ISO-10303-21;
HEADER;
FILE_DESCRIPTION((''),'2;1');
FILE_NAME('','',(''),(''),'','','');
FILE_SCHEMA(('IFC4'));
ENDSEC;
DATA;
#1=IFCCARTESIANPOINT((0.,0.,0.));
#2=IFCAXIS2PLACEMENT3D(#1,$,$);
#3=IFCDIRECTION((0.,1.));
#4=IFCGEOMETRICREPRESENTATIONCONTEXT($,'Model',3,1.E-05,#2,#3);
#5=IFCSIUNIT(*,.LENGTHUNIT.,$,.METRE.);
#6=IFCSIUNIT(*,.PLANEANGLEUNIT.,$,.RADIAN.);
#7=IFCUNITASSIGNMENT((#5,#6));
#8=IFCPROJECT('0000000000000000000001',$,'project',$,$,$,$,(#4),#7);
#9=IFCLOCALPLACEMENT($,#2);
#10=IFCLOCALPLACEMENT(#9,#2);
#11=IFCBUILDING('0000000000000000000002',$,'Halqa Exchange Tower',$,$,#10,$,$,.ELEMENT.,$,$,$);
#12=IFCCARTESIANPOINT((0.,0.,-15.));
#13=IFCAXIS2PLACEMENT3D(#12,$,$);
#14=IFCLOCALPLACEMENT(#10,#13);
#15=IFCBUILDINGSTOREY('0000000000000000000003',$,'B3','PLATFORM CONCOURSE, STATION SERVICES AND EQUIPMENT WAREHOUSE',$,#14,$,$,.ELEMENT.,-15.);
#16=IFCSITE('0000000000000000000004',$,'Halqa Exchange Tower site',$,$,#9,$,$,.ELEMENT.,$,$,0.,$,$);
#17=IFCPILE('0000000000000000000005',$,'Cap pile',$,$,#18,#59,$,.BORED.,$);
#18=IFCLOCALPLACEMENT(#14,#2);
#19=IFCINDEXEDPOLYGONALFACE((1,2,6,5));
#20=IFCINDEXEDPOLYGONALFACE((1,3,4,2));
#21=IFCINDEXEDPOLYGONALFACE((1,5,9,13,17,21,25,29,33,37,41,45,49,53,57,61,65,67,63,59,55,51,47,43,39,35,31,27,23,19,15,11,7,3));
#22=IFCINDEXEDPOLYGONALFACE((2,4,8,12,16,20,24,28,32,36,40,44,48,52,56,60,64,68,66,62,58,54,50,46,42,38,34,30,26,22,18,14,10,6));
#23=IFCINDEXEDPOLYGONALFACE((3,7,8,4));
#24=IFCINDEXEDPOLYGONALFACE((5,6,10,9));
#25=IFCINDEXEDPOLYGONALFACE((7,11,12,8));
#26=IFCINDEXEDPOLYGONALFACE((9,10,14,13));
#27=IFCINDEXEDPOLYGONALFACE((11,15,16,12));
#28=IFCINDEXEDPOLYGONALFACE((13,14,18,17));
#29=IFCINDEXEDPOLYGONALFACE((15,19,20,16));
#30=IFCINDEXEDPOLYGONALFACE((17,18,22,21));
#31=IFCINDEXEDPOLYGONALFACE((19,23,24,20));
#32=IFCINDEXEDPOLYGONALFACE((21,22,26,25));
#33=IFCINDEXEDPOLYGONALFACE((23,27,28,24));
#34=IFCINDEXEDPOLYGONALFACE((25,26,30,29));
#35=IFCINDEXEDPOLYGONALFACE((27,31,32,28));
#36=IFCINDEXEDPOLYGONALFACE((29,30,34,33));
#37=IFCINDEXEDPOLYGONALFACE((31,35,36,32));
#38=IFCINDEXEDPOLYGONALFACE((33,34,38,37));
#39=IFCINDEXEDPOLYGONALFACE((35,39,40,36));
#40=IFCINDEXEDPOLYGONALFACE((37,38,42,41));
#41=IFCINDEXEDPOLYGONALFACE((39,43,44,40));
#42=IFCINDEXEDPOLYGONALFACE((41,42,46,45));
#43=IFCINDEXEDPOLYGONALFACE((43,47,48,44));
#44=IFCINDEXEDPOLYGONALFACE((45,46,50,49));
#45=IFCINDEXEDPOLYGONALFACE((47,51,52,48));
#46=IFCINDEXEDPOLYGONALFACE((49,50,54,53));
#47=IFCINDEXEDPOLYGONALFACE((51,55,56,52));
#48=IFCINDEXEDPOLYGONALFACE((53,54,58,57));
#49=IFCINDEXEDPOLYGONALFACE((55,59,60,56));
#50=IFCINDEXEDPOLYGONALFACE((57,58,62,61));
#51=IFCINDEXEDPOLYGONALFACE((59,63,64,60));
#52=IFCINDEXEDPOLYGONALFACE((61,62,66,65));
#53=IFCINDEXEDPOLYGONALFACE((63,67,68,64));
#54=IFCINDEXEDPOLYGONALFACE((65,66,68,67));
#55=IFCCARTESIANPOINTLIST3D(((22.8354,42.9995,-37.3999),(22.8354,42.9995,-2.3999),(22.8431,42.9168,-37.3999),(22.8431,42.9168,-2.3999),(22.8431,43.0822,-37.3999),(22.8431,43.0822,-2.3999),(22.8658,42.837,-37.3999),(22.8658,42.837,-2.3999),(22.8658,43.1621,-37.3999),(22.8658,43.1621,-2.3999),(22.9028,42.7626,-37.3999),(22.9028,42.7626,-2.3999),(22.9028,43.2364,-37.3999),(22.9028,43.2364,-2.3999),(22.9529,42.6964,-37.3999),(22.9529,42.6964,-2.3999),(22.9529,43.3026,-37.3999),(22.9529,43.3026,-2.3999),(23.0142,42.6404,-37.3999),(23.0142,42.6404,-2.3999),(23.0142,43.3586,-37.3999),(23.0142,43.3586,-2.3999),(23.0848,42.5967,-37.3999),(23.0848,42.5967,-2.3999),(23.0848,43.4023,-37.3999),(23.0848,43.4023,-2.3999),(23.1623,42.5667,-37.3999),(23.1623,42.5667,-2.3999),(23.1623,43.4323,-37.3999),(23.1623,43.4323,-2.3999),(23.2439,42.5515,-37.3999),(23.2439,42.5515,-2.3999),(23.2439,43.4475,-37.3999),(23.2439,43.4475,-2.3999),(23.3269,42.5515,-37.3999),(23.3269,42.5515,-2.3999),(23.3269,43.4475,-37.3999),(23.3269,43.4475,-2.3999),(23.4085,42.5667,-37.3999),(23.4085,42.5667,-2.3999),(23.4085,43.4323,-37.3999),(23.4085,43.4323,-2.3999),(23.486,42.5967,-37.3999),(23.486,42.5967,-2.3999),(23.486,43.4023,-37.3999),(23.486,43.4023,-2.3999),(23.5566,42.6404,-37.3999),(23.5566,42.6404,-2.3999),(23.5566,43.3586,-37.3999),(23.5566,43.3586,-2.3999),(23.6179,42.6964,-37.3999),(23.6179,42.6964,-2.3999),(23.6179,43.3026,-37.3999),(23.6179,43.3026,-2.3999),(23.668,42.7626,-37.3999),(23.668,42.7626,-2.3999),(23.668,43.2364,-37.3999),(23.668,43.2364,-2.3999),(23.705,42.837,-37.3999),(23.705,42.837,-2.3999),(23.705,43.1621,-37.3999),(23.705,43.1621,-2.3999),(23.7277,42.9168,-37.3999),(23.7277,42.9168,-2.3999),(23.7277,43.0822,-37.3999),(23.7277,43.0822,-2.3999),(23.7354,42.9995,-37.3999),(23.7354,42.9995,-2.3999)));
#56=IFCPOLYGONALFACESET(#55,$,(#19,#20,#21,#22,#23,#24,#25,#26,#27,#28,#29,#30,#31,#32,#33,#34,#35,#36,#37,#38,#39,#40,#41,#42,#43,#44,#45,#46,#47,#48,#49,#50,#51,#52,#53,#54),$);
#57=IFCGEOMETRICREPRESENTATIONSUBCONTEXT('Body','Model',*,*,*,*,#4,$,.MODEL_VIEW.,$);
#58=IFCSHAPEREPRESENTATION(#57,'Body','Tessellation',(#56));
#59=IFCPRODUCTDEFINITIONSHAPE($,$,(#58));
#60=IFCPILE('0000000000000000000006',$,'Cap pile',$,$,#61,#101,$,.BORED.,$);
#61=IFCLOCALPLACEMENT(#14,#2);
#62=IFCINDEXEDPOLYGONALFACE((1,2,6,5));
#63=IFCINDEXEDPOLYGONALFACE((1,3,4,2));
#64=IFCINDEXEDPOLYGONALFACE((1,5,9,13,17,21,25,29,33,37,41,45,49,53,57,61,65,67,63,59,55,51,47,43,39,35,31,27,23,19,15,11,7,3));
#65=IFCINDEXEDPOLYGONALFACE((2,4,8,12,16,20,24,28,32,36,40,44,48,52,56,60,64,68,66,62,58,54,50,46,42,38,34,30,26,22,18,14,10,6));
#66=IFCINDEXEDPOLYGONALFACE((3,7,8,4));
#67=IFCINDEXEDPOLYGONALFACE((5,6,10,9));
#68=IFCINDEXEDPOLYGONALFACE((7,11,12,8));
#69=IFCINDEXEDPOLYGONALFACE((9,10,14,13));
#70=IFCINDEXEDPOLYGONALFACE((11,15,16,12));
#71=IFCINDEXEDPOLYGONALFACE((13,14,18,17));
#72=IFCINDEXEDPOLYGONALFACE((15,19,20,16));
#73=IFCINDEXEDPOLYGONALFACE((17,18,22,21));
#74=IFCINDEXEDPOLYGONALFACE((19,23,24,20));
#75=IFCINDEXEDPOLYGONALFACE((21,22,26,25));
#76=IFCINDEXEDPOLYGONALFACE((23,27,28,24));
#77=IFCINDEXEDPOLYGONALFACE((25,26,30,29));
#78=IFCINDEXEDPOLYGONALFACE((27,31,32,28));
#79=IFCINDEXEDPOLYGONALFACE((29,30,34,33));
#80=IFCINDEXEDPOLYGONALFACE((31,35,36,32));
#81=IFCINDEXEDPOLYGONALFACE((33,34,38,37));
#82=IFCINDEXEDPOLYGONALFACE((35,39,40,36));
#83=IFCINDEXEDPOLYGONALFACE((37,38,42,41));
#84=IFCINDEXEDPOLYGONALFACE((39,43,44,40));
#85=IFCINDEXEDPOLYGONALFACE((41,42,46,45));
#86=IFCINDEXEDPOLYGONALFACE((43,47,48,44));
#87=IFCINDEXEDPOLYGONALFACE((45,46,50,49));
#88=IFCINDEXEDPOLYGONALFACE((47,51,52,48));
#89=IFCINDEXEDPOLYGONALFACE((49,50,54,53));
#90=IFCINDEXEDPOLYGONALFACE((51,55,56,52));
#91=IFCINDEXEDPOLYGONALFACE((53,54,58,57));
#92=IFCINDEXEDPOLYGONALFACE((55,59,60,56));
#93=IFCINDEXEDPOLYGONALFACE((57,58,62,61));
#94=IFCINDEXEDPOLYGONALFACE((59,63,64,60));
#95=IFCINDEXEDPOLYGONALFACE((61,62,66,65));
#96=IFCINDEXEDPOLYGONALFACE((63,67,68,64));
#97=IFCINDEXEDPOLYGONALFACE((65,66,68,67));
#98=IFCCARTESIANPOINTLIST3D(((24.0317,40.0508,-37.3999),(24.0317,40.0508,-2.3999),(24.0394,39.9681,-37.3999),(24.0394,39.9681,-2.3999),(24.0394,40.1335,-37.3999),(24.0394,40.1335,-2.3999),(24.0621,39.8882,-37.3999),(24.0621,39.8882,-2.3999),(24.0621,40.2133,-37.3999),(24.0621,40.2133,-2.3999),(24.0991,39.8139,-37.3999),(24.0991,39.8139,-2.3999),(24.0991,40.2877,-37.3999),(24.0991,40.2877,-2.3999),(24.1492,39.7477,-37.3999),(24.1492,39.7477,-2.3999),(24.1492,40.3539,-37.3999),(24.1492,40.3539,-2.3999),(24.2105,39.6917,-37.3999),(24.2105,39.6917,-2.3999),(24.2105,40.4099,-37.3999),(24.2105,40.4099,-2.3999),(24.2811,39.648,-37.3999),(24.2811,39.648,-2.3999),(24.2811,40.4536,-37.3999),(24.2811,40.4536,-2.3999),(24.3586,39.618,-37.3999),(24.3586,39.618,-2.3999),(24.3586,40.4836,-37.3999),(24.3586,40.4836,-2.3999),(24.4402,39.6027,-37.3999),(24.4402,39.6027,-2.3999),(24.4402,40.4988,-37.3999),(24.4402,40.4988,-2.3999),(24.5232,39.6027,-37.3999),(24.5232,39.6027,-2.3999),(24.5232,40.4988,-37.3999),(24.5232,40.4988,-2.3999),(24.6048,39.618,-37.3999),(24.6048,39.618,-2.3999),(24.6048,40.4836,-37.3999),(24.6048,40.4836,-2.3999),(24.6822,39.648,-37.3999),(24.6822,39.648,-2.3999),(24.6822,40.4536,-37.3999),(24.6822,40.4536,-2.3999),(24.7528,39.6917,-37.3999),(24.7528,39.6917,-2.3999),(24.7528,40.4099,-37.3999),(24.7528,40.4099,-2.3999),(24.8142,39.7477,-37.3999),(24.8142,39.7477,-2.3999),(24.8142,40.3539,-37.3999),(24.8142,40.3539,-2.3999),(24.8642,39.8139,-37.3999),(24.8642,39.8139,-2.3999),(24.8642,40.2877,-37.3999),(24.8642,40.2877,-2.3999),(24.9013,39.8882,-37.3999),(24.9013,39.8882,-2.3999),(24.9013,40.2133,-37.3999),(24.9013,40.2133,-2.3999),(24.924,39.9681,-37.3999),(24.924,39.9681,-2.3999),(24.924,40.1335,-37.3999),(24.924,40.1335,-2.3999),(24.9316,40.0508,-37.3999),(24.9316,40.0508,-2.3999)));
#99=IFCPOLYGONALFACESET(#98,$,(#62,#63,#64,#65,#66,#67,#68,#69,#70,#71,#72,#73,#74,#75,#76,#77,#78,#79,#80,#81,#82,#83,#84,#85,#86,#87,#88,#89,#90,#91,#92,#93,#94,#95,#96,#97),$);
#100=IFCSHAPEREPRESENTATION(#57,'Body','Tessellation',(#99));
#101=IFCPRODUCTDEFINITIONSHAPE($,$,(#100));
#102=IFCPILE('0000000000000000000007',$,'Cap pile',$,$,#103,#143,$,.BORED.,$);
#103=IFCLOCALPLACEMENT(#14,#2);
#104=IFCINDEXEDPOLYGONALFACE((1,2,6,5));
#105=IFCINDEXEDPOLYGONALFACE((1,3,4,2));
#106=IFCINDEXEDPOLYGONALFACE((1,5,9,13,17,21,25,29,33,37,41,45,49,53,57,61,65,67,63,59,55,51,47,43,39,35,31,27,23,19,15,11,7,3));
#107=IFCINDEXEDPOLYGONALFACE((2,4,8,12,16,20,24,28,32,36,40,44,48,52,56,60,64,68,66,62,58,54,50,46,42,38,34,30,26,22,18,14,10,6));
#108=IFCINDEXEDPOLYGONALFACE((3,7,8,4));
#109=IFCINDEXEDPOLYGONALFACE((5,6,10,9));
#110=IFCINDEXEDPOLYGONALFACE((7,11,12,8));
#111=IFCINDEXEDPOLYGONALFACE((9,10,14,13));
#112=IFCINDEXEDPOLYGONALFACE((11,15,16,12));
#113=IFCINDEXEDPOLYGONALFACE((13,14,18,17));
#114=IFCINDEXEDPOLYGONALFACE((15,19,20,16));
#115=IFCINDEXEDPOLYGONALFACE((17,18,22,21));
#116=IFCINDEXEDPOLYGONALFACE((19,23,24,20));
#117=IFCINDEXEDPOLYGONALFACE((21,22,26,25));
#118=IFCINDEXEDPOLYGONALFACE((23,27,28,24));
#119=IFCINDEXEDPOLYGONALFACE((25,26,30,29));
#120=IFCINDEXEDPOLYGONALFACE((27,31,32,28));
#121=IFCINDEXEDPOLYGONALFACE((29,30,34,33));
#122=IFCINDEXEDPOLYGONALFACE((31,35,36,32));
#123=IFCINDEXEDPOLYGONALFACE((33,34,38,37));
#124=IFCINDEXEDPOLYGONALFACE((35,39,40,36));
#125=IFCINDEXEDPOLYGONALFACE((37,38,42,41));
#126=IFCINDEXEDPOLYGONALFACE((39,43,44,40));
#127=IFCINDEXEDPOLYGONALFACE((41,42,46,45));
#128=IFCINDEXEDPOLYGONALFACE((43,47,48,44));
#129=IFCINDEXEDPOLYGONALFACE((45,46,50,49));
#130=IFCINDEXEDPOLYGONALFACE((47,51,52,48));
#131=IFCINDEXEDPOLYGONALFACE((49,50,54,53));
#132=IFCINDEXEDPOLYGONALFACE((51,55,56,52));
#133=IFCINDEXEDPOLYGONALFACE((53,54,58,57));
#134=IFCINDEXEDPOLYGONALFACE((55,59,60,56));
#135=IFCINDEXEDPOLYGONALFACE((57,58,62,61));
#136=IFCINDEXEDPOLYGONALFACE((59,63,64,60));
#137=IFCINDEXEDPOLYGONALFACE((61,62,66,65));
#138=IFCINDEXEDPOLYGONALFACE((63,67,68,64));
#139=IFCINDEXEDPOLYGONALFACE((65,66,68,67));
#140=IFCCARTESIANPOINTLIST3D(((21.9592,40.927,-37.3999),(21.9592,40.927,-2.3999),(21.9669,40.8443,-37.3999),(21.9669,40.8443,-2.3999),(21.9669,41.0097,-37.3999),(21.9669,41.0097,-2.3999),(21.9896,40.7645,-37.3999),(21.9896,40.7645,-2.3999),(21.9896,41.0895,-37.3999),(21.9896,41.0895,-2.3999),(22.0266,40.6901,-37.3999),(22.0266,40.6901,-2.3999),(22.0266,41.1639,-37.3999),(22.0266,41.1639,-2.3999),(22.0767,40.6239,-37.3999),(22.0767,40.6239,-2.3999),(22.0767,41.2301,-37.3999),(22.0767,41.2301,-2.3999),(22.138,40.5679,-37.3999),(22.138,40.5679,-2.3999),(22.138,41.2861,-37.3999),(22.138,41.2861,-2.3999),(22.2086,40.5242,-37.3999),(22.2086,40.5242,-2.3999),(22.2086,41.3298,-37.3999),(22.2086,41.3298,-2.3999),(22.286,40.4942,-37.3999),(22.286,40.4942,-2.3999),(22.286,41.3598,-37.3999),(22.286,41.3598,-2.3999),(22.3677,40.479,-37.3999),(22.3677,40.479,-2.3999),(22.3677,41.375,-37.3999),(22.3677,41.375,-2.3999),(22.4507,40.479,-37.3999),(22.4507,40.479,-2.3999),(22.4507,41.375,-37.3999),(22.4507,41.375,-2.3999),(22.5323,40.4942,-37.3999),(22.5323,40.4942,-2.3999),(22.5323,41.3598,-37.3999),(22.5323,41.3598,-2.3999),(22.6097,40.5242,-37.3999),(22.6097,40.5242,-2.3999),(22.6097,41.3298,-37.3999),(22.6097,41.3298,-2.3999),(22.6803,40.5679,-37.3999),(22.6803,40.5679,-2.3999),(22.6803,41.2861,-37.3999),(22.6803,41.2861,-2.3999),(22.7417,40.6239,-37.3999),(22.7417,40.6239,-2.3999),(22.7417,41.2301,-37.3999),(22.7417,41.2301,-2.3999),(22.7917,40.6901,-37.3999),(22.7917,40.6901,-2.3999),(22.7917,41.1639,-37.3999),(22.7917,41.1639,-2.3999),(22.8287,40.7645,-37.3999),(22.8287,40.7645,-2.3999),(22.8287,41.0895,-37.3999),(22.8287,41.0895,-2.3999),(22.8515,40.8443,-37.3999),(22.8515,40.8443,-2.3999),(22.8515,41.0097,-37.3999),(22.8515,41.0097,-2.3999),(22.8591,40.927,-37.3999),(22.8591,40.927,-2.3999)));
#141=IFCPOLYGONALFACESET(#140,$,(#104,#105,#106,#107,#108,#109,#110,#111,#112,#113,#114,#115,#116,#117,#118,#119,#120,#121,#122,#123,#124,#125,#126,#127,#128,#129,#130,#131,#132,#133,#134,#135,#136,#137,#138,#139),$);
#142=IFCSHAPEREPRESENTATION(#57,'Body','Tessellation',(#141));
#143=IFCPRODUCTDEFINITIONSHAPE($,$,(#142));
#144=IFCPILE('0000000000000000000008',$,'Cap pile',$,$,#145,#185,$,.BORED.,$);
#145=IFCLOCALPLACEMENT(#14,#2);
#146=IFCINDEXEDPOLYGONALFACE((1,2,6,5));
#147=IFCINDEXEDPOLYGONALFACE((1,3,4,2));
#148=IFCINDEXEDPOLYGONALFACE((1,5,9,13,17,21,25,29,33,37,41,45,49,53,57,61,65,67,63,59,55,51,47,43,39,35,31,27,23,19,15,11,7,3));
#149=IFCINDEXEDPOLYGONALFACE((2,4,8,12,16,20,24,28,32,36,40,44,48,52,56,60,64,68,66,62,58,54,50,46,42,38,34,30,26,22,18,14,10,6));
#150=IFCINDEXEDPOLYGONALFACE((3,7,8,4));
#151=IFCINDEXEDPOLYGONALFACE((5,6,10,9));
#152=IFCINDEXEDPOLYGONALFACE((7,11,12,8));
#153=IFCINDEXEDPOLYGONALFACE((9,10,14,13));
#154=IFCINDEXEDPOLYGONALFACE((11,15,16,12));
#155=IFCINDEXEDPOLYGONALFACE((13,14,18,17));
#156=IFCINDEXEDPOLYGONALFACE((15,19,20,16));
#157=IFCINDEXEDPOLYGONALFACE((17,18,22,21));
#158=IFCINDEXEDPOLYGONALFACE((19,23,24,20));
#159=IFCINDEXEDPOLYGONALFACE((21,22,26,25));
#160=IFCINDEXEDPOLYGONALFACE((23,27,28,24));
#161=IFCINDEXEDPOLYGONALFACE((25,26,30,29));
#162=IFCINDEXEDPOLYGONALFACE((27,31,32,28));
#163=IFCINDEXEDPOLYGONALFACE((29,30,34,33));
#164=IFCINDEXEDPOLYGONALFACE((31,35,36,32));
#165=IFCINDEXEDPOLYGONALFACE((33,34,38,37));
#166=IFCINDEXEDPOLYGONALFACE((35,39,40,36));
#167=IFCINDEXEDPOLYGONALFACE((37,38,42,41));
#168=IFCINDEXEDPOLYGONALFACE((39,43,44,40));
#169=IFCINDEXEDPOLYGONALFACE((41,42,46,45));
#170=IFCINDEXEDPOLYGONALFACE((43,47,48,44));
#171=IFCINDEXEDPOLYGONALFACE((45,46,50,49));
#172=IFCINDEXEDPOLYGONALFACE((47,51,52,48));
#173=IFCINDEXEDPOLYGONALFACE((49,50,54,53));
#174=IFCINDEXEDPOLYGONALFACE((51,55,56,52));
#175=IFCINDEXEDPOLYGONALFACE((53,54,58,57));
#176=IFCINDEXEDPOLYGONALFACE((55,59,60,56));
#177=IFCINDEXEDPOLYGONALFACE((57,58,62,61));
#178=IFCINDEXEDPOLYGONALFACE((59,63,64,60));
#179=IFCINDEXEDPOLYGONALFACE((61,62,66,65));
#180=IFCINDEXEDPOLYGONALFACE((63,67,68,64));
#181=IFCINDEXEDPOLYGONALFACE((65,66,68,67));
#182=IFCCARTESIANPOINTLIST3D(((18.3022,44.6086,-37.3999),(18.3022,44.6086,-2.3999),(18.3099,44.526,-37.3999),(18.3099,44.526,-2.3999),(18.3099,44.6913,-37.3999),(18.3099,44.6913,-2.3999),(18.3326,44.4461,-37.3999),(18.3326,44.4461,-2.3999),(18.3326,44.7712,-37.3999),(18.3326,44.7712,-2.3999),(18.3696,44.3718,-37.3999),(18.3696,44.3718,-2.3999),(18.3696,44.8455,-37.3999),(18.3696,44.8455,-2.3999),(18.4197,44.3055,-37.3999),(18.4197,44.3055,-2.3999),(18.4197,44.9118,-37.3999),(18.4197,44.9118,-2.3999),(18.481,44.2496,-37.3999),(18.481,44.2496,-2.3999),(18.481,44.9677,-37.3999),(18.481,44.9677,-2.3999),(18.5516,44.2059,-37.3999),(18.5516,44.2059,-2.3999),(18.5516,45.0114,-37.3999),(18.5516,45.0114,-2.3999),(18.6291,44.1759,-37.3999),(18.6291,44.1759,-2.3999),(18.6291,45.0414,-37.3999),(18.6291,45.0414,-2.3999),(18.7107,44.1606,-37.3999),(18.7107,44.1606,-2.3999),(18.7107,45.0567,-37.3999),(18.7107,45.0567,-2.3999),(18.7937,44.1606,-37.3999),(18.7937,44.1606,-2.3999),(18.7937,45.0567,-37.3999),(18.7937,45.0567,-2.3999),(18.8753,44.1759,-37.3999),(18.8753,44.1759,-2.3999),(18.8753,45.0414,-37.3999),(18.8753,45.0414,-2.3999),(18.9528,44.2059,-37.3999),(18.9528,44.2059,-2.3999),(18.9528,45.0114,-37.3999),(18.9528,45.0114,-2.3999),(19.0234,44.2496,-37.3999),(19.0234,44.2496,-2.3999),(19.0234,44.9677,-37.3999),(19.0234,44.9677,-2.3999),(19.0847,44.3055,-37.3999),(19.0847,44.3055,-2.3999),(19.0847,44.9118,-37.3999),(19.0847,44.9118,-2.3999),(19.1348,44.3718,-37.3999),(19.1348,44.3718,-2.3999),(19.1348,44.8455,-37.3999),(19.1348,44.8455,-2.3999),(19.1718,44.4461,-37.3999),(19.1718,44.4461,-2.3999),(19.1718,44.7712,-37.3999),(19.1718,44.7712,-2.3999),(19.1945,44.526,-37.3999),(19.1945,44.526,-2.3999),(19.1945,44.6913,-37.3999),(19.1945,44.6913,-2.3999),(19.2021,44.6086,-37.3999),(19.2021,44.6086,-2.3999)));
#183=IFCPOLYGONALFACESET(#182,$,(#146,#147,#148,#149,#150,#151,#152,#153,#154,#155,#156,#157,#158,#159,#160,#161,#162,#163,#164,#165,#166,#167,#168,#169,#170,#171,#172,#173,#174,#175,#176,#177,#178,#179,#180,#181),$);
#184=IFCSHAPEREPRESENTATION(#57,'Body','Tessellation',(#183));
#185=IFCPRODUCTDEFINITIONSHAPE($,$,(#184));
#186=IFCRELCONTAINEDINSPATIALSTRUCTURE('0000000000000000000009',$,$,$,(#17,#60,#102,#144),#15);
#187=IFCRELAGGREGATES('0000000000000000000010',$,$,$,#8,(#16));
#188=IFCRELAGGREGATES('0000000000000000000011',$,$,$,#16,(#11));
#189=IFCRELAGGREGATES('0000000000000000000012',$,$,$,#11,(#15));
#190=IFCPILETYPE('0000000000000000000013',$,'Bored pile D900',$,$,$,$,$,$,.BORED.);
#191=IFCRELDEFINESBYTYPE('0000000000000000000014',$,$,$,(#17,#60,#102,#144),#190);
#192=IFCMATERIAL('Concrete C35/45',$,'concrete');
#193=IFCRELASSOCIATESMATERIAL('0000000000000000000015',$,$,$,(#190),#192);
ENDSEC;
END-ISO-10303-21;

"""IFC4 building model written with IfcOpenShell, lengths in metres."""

from ifc_helpers import new_model, si_unit, direction, frame, origin, origin_2d, place, context, subcontext, project, spatial, circle, extrude, material, material_profile, profile_set, type_object, element, save


model = new_model("IFC4")

# Units and contexts
model_context = context("Model", 3, precision=1e-05, world=origin(), true_north=direction((0.0, 1.0)))
body_context = subcontext(model_context, "Body", "Model", "MODEL_VIEW")
ifc_project = project(units=[si_unit("LENGTHUNIT", "METRE"), si_unit("PLANEANGLEUNIT", "RADIAN")], contexts=[model_context])

# Site, building, storey
site_placement = place(None, origin())
site = spatial("IfcSite", under=ifc_project, at=site_placement, Name="Halqa Exchange Tower site", CompositionType="ELEMENT", RefElevation=0.0)
building_placement = place(site_placement, origin())
building = spatial("IfcBuilding", under=site, at=building_placement, Name="Halqa Exchange Tower", CompositionType="ELEMENT")
storey_placement = place(building_placement, frame((0.0, 0.0, -15.0)))
storey = spatial("IfcBuildingStorey", under=building, at=storey_placement, Name="B3", Description="PLATFORM CONCOURSE, STATION SERVICES AND EQUIPMENT WAREHOUSE", CompositionType="ELEMENT", Elevation=-15.0)

# Piles
ifc_material_1 = material(Name="Concrete C35/45", Category="concrete")
ifc_material_profile_1 = material_profile(ifc_material_1, circle(Radius=0.45, at=origin_2d()), Name="D900")
ifc_profile_set_1 = profile_set([ifc_material_profile_1], Name="Concrete C35/45")
pile_type = type_object("IfcPileType", Name="Bored pile D900", PredefinedType="BORED", material=ifc_profile_set_1)
for number, where, z_axis, x_axis, name in (
    (1, (23.2854, 42.9995, -2.3999), (0.0, 0.0, -1.0), (1.0, 0.0, 0.0), "Cap pile"),
    (2, (24.4817, 40.0508, -2.3999), (0.0, 0.0, -1.0), (1.0, 0.0, 0.0), "Cap pile"),
    (3, (22.4092, 40.927, -2.3999), (0.0, 0.0, -1.0), (1.0, 0.0, 0.0), "Cap pile"),
    (4, (18.7522, 44.6086, -2.3999), (0.0, 0.0, -1.0), (1.0, 0.0, 0.0), "Cap pile"),
):
    element("IfcPile", number, at=place(storey_placement, frame(where, z_axis=z_axis, x_axis=x_axis)), inside=storey, type_object=pile_type, Name=name, PredefinedType="BORED", context=body_context, shape_type="SweptSolid", body=[
        extrude(circle(Radius=0.45, at=origin_2d()), origin(), (0.0, 0.0, 1.0), 35.0),
    ])

save(model, "model.ifc")
